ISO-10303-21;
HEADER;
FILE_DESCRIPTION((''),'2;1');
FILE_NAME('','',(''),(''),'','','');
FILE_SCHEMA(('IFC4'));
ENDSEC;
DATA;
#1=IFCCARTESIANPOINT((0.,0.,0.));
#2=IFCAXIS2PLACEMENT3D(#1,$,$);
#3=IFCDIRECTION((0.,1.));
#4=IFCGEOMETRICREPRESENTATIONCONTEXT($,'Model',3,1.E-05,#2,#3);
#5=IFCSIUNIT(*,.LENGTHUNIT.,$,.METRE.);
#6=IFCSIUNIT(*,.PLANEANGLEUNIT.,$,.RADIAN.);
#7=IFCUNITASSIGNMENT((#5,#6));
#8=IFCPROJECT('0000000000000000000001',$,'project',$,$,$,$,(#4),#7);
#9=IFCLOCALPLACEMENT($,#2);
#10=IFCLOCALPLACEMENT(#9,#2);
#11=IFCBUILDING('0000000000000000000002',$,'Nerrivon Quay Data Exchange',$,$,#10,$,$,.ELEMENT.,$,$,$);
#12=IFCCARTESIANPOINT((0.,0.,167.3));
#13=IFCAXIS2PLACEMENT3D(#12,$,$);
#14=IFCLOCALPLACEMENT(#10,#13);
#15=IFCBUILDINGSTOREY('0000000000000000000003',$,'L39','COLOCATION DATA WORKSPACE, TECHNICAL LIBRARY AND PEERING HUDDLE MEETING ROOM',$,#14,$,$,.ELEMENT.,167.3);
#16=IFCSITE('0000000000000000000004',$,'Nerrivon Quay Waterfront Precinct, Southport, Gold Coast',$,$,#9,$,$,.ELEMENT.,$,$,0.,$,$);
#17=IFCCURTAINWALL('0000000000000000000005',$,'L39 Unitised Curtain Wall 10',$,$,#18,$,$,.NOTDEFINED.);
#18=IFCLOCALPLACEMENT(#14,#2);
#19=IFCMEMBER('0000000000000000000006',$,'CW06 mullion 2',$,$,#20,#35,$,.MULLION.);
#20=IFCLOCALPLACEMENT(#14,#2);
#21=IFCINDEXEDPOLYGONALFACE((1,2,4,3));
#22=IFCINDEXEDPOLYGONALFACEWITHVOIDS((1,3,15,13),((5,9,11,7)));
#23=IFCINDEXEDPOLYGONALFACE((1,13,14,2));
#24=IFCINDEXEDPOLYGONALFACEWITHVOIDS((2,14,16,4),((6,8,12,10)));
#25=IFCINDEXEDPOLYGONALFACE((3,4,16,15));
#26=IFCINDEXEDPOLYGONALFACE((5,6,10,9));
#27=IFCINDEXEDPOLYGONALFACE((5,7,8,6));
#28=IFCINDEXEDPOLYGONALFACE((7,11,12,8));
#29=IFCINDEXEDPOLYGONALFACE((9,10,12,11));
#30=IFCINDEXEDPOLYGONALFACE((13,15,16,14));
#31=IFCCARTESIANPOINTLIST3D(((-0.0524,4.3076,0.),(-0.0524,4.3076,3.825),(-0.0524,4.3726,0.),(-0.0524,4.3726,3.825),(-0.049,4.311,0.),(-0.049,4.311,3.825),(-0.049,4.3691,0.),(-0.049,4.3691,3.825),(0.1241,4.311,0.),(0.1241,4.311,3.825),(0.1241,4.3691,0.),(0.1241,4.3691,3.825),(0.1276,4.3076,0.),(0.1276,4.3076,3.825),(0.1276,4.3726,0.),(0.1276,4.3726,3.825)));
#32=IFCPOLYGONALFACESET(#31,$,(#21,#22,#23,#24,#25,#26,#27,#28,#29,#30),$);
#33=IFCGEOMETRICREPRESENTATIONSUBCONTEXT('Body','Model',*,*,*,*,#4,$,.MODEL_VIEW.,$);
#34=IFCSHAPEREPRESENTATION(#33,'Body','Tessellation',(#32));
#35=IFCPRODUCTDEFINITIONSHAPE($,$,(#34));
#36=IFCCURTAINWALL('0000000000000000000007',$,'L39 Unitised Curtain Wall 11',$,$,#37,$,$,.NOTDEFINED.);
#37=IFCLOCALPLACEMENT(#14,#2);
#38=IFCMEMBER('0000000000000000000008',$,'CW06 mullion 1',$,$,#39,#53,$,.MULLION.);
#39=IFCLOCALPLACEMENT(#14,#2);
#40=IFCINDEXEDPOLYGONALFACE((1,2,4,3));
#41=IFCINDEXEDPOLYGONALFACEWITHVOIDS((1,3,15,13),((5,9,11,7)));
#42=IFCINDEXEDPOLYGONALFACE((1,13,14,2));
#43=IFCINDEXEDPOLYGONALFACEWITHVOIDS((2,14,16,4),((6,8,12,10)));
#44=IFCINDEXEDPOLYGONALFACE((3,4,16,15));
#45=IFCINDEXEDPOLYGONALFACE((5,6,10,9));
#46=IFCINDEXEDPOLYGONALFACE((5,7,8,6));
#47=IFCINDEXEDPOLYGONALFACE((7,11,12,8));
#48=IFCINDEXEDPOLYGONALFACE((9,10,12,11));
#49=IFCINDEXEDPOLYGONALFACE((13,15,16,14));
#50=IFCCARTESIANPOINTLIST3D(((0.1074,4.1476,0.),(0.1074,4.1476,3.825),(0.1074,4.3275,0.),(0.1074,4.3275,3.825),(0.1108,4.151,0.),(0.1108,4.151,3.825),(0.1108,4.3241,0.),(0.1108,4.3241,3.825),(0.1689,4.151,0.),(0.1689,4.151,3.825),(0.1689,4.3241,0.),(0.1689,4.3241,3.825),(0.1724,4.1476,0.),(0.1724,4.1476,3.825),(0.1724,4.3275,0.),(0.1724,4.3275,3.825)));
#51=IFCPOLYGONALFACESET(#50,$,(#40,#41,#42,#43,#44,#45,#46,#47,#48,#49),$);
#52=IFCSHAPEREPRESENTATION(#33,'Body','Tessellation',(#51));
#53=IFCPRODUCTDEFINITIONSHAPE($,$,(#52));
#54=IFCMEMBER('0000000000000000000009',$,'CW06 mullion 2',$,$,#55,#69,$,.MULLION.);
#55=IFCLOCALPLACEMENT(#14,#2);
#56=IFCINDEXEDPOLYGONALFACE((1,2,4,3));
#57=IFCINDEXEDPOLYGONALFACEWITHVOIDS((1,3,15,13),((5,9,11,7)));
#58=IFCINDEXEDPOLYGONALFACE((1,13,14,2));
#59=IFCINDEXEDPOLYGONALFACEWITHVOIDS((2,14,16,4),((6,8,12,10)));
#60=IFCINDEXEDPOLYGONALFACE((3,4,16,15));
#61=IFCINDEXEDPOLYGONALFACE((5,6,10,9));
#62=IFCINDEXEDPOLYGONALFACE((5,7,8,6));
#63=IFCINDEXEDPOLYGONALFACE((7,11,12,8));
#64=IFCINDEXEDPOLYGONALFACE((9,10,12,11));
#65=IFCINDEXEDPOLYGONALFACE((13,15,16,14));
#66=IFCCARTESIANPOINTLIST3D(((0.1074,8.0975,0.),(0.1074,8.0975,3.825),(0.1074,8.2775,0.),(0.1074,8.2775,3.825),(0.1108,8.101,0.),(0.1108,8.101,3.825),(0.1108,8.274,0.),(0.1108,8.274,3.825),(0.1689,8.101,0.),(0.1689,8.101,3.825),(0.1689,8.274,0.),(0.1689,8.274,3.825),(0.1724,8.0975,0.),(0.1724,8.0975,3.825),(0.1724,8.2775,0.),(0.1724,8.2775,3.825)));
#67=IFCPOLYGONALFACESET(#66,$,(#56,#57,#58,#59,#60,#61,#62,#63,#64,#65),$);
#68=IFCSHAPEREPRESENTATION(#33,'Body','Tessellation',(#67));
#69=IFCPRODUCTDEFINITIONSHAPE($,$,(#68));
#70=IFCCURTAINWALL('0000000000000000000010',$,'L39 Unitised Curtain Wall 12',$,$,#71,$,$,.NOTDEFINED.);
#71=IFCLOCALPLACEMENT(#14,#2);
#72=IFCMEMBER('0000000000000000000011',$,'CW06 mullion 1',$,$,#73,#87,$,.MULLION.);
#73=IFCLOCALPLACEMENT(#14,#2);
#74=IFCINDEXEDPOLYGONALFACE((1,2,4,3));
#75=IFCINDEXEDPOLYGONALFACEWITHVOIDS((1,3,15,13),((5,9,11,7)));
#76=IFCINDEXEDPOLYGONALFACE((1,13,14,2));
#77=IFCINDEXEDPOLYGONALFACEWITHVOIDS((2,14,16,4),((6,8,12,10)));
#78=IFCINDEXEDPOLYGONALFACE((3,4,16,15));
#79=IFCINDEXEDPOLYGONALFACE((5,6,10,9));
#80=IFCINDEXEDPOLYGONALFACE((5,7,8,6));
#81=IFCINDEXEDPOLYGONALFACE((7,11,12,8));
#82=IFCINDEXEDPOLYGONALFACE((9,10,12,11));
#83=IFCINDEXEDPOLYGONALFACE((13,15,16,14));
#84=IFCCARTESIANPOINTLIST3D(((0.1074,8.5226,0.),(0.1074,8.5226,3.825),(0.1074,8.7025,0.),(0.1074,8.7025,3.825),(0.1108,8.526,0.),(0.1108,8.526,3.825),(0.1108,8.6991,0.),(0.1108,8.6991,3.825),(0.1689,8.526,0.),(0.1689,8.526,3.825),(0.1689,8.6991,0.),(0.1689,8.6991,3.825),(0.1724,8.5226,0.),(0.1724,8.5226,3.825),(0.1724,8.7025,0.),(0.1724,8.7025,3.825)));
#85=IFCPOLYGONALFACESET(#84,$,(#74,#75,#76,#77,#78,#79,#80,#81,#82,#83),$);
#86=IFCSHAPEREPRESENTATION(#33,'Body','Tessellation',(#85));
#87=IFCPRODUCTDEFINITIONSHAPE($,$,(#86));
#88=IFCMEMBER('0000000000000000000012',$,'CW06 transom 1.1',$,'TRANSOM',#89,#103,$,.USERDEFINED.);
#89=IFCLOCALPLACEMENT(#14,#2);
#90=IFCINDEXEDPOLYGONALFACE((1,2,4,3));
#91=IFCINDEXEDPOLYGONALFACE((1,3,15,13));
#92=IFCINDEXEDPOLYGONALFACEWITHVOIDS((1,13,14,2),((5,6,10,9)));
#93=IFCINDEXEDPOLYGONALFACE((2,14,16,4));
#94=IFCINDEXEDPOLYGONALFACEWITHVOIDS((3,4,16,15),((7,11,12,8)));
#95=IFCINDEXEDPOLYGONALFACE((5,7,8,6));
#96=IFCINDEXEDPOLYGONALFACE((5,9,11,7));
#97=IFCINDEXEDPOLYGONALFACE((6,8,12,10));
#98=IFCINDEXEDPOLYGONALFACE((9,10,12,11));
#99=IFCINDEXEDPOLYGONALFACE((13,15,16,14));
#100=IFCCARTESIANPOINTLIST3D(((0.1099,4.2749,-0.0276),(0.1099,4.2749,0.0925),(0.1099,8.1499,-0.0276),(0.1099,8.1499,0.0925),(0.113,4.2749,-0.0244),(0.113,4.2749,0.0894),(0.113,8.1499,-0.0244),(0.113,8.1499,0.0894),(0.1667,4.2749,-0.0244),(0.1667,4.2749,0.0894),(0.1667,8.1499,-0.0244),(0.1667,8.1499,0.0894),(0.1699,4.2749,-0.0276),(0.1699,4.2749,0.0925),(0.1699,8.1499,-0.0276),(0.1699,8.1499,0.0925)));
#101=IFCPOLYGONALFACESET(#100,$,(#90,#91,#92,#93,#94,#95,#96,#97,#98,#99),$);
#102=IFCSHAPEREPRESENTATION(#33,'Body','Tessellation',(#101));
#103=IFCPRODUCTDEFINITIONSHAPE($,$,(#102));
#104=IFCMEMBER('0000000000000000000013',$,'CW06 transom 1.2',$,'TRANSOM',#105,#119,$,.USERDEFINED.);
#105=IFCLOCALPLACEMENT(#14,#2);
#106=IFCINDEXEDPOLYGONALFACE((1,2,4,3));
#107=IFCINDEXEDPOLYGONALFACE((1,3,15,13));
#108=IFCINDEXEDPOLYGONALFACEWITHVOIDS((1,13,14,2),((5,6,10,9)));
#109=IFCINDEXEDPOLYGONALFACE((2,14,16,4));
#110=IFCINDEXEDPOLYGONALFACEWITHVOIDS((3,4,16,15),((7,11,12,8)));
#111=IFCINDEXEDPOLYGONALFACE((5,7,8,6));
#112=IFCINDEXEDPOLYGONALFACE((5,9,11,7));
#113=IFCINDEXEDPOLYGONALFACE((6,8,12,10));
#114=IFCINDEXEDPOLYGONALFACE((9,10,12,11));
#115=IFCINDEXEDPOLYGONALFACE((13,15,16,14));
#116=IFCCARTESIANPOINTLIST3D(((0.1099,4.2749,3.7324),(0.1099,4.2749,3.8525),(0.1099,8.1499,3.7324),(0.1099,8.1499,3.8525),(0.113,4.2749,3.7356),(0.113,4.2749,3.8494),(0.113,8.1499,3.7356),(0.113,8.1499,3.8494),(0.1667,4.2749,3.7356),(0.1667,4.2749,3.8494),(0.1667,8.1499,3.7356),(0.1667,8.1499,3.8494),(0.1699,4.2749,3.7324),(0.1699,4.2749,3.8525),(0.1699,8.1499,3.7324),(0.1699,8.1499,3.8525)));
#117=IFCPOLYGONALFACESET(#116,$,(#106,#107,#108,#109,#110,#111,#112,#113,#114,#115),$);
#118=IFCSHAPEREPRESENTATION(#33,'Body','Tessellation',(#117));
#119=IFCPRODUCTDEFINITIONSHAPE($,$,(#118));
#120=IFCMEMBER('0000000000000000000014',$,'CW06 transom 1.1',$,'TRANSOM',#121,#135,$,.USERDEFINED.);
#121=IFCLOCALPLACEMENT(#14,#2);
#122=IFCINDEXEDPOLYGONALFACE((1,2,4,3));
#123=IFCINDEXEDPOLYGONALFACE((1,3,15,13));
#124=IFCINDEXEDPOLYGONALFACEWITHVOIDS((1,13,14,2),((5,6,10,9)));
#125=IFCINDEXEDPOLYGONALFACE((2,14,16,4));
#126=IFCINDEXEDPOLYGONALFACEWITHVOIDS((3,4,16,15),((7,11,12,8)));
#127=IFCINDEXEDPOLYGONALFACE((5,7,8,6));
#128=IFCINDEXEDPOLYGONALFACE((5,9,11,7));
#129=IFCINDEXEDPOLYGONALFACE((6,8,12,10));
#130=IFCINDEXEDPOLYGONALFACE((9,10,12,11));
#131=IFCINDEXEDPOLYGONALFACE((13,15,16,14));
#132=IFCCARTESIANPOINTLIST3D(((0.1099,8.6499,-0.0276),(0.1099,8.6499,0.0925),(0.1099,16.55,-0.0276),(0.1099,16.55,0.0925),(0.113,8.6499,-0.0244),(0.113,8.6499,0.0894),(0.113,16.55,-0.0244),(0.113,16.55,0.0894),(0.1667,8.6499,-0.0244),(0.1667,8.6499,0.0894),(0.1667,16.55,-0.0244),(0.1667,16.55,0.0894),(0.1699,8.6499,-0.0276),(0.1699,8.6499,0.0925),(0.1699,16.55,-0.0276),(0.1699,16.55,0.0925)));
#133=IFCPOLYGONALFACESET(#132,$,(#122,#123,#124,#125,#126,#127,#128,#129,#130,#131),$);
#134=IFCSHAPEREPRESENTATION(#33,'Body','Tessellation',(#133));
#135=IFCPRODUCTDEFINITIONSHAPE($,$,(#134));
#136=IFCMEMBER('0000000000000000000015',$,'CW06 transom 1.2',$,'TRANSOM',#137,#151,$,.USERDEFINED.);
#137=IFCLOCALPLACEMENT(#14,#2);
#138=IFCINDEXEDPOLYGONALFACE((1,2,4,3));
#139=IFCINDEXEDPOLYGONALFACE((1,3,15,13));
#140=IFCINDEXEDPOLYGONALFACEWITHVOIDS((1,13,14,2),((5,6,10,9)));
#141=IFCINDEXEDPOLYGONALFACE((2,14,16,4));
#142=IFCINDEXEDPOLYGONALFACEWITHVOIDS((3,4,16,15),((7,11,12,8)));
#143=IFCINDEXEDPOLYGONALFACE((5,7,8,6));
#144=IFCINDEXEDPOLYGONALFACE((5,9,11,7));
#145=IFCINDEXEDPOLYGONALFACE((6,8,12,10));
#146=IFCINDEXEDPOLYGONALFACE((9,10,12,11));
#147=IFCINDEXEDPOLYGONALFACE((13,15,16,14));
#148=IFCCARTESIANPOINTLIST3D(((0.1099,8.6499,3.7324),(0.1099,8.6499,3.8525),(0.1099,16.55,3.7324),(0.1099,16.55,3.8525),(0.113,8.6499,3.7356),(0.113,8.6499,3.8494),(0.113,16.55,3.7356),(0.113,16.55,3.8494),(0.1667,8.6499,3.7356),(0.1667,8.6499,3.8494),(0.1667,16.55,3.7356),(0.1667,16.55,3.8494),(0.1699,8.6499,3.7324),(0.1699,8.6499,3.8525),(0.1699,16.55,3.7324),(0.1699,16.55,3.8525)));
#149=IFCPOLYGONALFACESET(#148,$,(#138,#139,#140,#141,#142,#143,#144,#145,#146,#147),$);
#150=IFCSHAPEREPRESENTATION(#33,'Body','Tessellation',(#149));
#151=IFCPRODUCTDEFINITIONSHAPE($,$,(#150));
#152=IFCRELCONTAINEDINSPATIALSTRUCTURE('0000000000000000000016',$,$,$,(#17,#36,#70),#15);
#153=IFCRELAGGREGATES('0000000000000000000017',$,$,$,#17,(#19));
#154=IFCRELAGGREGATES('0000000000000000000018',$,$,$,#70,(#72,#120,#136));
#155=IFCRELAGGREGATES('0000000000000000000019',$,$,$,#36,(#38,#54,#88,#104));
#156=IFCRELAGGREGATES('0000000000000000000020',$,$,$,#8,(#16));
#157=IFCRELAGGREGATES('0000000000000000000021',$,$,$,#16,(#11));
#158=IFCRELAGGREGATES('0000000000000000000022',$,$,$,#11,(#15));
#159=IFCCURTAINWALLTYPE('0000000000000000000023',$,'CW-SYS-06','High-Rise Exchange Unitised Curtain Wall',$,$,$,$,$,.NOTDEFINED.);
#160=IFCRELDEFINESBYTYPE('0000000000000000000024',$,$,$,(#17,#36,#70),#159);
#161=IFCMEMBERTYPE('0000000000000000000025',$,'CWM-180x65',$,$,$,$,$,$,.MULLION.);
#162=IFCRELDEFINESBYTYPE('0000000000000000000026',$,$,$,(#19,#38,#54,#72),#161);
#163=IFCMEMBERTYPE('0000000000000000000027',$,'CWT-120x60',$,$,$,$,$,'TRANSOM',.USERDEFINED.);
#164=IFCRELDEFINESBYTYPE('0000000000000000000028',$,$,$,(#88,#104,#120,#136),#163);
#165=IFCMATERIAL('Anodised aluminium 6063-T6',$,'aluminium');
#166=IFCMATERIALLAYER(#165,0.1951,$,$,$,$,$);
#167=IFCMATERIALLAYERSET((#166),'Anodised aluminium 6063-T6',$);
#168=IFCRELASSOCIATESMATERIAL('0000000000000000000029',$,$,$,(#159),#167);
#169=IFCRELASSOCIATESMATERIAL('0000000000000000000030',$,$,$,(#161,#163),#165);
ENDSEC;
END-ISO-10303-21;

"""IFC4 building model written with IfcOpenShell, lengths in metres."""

from ifc_helpers import new_model, si_unit, direction, frame, origin, origin_2d, place, context, subcontext, project, spatial, hollow_rectangle, extrude, material, layer, layer_set, material_profile, profile_set, type_object, element, aggregate, save


model = new_model("IFC4")

# Units and contexts
model_context = context("Model", 3, precision=1e-05, world=origin(), true_north=direction((0.0, 1.0)))
body_context = subcontext(model_context, "Body", "Model", "MODEL_VIEW")
ifc_project = project(units=[si_unit("LENGTHUNIT", "METRE"), si_unit("PLANEANGLEUNIT", "RADIAN")], contexts=[model_context])

# Site, building, storey
site_placement = place(None, origin())
site = spatial("IfcSite", under=ifc_project, at=site_placement, Name="Nerrivon Quay Waterfront Precinct, Southport, Gold Coast", CompositionType="ELEMENT", RefElevation=0.0)
building_placement = place(site_placement, origin())
building = spatial("IfcBuilding", under=site, at=building_placement, Name="Nerrivon Quay Data Exchange", CompositionType="ELEMENT")
storey_placement = place(building_placement, frame((0.0, 0.0, 167.3)))
storey = spatial("IfcBuildingStorey", under=building, at=storey_placement, Name="L39", Description="COLOCATION DATA WORKSPACE, TECHNICAL LIBRARY AND PEERING HUDDLE MEETING ROOM", CompositionType="ELEMENT", Elevation=167.3)

# Curtain wall, member
ifc_material_1 = material(Name="Anodised aluminium 6063-T6", Category="aluminium")
ifc_layer_1 = layer(ifc_material_1, 0.1951)
ifc_layer_set_1 = layer_set([ifc_layer_1], Name="Anodised aluminium 6063-T6")
curtain_wall_type = type_object("IfcCurtainWallType", Name="CW-SYS-06", Description="High-Rise Exchange Unitised Curtain Wall", PredefinedType="NOTDEFINED", material=ifc_layer_set_1)
curtain_wall_1_placement = place(storey_placement, origin())
curtain_wall_1 = element("IfcCurtainWall", 1, at=curtain_wall_1_placement, inside=storey, type_object=curtain_wall_type, Name="L39 Unitised Curtain Wall 10", PredefinedType="NOTDEFINED")
ifc_material_profile_1 = material_profile(ifc_material_1, hollow_rectangle(XDim=0.0649, YDim=0.1799, WallThickness=0.0034, at=origin_2d()), Name="ALU-MULL-180x65")
ifc_profile_set_1 = profile_set([ifc_material_profile_1], Name="Anodised aluminium 6063-T6")
member_type_1 = type_object("IfcMemberType", Name="CWM-180x65", PredefinedType="MULLION", material=ifc_profile_set_1)
member_1_placement = place(storey_placement, frame((0.0376, 4.3401, 0.0), z_axis=(0.0, 0.0, 1.0), x_axis=(0.0, -1.0, 0.0)))
member_1 = element("IfcMember", 2, at=member_1_placement, type_object=member_type_1, Name="CW06 mullion 2", PredefinedType="MULLION", context=body_context, shape_type="SweptSolid", body=[
    extrude(hollow_rectangle(XDim=0.0649, YDim=0.1799, WallThickness=0.0034, at=origin_2d()), origin(), (0.0, 0.0, 1.0), 3.825),
])
aggregate(curtain_wall_1, [member_1])

# Curtain wall, members
curtain_wall_2_placement = place(storey_placement, origin())
curtain_wall_2 = element("IfcCurtainWall", 3, at=curtain_wall_2_placement, inside=storey, type_object=curtain_wall_type, Name="L39 Unitised Curtain Wall 11", PredefinedType="NOTDEFINED")
member_2_placement = place(storey_placement, frame((0.1399, 4.2375, 0.0), z_axis=(0.0, 0.0, 1.0), x_axis=(-1.0, 0.0, 0.0)))
member_2 = element("IfcMember", 4, at=member_2_placement, type_object=member_type_1, Name="CW06 mullion 1", PredefinedType="MULLION", context=body_context, shape_type="SweptSolid", body=[
    extrude(hollow_rectangle(XDim=0.0649, YDim=0.1799, WallThickness=0.0034, at=origin_2d()), origin(), (0.0, 0.0, 1.0), 3.825),
])
member_3_placement = place(storey_placement, frame((0.1399, 8.1875, 0.0), z_axis=(0.0, 0.0, 1.0), x_axis=(-1.0, 0.0, 0.0)))
member_3 = element("IfcMember", 5, at=member_3_placement, type_object=member_type_1, Name="CW06 mullion 2", PredefinedType="MULLION", context=body_context, shape_type="SweptSolid", body=[
    extrude(hollow_rectangle(XDim=0.0649, YDim=0.1799, WallThickness=0.0034, at=origin_2d()), origin(), (0.0, 0.0, 1.0), 3.825),
])

# Curtain wall, member
curtain_wall_3_placement = place(storey_placement, origin())
curtain_wall_3 = element("IfcCurtainWall", 6, at=curtain_wall_3_placement, inside=storey, type_object=curtain_wall_type, Name="L39 Unitised Curtain Wall 12", PredefinedType="NOTDEFINED")
member_4_placement = place(storey_placement, frame((0.1399, 8.6125, 0.0), z_axis=(0.0, 0.0, 1.0), x_axis=(-1.0, 0.0, 0.0)))
member_4 = element("IfcMember", 7, at=member_4_placement, type_object=member_type_1, Name="CW06 mullion 1", PredefinedType="MULLION", context=body_context, shape_type="SweptSolid", body=[
    extrude(hollow_rectangle(XDim=0.0649, YDim=0.1799, WallThickness=0.0034, at=origin_2d()), origin(), (0.0, 0.0, 1.0), 3.825),
])

# Members
ifc_material_profile_2 = material_profile(ifc_material_1, hollow_rectangle(XDim=0.0601, YDim=0.1201, WallThickness=0.0032, at=origin_2d()), Name="ALU-TRAN-120x60")
ifc_profile_set_2 = profile_set([ifc_material_profile_2], Name="Anodised aluminium 6063-T6")
member_type_2 = type_object("IfcMemberType", Name="CWT-120x60", ElementType="TRANSOM", PredefinedType="USERDEFINED", material=ifc_profile_set_2)
member_5_placement = place(storey_placement, frame((0.1399, 4.2749, 0.0325), z_axis=(0.0, 1.0, 0.0), x_axis=(-1.0, 0.0, 0.0)))
member_5 = element("IfcMember", 8, at=member_5_placement, type_object=member_type_2, Name="CW06 transom 1.1", ObjectType="TRANSOM", PredefinedType="USERDEFINED", context=body_context, shape_type="SweptSolid", body=[
    extrude(hollow_rectangle(XDim=0.0601, YDim=0.1201, WallThickness=0.0032, at=origin_2d()), origin(), (0.0, 0.0, 1.0), 3.875),
])
member_6_placement = place(storey_placement, frame((0.1399, 4.2749, 3.7925), z_axis=(0.0, 1.0, 0.0), x_axis=(-1.0, 0.0, 0.0)))
member_6 = element("IfcMember", 9, at=member_6_placement, type_object=member_type_2, Name="CW06 transom 1.2", ObjectType="TRANSOM", PredefinedType="USERDEFINED", context=body_context, shape_type="SweptSolid", body=[
    extrude(hollow_rectangle(XDim=0.0601, YDim=0.1201, WallThickness=0.0032, at=origin_2d()), origin(), (0.0, 0.0, 1.0), 3.875),
])
member_7_placement = place(storey_placement, frame((0.1399, 8.6499, 0.0325), z_axis=(0.0, 1.0, 0.0), x_axis=(-1.0, 0.0, 0.0)))
member_7 = element("IfcMember", 10, at=member_7_placement, type_object=member_type_2, Name="CW06 transom 1.1", ObjectType="TRANSOM", PredefinedType="USERDEFINED", context=body_context, shape_type="SweptSolid", body=[
    extrude(hollow_rectangle(XDim=0.0601, YDim=0.1201, WallThickness=0.0032, at=origin_2d()), origin(), (0.0, 0.0, 1.0), 7.9001),
])
member_8_placement = place(storey_placement, frame((0.1399, 8.6499, 3.7925), z_axis=(0.0, 1.0, 0.0), x_axis=(-1.0, 0.0, 0.0)))
member_8 = element("IfcMember", 11, at=member_8_placement, type_object=member_type_2, Name="CW06 transom 1.2", ObjectType="TRANSOM", PredefinedType="USERDEFINED", context=body_context, shape_type="SweptSolid", body=[
    extrude(hollow_rectangle(XDim=0.0601, YDim=0.1201, WallThickness=0.0032, at=origin_2d()), origin(), (0.0, 0.0, 1.0), 7.9001),
])
aggregate(curtain_wall_3, [member_4, member_7, member_8])

aggregate(curtain_wall_2, [member_2, member_3, member_5, member_6])

save(model, "model.ifc")
